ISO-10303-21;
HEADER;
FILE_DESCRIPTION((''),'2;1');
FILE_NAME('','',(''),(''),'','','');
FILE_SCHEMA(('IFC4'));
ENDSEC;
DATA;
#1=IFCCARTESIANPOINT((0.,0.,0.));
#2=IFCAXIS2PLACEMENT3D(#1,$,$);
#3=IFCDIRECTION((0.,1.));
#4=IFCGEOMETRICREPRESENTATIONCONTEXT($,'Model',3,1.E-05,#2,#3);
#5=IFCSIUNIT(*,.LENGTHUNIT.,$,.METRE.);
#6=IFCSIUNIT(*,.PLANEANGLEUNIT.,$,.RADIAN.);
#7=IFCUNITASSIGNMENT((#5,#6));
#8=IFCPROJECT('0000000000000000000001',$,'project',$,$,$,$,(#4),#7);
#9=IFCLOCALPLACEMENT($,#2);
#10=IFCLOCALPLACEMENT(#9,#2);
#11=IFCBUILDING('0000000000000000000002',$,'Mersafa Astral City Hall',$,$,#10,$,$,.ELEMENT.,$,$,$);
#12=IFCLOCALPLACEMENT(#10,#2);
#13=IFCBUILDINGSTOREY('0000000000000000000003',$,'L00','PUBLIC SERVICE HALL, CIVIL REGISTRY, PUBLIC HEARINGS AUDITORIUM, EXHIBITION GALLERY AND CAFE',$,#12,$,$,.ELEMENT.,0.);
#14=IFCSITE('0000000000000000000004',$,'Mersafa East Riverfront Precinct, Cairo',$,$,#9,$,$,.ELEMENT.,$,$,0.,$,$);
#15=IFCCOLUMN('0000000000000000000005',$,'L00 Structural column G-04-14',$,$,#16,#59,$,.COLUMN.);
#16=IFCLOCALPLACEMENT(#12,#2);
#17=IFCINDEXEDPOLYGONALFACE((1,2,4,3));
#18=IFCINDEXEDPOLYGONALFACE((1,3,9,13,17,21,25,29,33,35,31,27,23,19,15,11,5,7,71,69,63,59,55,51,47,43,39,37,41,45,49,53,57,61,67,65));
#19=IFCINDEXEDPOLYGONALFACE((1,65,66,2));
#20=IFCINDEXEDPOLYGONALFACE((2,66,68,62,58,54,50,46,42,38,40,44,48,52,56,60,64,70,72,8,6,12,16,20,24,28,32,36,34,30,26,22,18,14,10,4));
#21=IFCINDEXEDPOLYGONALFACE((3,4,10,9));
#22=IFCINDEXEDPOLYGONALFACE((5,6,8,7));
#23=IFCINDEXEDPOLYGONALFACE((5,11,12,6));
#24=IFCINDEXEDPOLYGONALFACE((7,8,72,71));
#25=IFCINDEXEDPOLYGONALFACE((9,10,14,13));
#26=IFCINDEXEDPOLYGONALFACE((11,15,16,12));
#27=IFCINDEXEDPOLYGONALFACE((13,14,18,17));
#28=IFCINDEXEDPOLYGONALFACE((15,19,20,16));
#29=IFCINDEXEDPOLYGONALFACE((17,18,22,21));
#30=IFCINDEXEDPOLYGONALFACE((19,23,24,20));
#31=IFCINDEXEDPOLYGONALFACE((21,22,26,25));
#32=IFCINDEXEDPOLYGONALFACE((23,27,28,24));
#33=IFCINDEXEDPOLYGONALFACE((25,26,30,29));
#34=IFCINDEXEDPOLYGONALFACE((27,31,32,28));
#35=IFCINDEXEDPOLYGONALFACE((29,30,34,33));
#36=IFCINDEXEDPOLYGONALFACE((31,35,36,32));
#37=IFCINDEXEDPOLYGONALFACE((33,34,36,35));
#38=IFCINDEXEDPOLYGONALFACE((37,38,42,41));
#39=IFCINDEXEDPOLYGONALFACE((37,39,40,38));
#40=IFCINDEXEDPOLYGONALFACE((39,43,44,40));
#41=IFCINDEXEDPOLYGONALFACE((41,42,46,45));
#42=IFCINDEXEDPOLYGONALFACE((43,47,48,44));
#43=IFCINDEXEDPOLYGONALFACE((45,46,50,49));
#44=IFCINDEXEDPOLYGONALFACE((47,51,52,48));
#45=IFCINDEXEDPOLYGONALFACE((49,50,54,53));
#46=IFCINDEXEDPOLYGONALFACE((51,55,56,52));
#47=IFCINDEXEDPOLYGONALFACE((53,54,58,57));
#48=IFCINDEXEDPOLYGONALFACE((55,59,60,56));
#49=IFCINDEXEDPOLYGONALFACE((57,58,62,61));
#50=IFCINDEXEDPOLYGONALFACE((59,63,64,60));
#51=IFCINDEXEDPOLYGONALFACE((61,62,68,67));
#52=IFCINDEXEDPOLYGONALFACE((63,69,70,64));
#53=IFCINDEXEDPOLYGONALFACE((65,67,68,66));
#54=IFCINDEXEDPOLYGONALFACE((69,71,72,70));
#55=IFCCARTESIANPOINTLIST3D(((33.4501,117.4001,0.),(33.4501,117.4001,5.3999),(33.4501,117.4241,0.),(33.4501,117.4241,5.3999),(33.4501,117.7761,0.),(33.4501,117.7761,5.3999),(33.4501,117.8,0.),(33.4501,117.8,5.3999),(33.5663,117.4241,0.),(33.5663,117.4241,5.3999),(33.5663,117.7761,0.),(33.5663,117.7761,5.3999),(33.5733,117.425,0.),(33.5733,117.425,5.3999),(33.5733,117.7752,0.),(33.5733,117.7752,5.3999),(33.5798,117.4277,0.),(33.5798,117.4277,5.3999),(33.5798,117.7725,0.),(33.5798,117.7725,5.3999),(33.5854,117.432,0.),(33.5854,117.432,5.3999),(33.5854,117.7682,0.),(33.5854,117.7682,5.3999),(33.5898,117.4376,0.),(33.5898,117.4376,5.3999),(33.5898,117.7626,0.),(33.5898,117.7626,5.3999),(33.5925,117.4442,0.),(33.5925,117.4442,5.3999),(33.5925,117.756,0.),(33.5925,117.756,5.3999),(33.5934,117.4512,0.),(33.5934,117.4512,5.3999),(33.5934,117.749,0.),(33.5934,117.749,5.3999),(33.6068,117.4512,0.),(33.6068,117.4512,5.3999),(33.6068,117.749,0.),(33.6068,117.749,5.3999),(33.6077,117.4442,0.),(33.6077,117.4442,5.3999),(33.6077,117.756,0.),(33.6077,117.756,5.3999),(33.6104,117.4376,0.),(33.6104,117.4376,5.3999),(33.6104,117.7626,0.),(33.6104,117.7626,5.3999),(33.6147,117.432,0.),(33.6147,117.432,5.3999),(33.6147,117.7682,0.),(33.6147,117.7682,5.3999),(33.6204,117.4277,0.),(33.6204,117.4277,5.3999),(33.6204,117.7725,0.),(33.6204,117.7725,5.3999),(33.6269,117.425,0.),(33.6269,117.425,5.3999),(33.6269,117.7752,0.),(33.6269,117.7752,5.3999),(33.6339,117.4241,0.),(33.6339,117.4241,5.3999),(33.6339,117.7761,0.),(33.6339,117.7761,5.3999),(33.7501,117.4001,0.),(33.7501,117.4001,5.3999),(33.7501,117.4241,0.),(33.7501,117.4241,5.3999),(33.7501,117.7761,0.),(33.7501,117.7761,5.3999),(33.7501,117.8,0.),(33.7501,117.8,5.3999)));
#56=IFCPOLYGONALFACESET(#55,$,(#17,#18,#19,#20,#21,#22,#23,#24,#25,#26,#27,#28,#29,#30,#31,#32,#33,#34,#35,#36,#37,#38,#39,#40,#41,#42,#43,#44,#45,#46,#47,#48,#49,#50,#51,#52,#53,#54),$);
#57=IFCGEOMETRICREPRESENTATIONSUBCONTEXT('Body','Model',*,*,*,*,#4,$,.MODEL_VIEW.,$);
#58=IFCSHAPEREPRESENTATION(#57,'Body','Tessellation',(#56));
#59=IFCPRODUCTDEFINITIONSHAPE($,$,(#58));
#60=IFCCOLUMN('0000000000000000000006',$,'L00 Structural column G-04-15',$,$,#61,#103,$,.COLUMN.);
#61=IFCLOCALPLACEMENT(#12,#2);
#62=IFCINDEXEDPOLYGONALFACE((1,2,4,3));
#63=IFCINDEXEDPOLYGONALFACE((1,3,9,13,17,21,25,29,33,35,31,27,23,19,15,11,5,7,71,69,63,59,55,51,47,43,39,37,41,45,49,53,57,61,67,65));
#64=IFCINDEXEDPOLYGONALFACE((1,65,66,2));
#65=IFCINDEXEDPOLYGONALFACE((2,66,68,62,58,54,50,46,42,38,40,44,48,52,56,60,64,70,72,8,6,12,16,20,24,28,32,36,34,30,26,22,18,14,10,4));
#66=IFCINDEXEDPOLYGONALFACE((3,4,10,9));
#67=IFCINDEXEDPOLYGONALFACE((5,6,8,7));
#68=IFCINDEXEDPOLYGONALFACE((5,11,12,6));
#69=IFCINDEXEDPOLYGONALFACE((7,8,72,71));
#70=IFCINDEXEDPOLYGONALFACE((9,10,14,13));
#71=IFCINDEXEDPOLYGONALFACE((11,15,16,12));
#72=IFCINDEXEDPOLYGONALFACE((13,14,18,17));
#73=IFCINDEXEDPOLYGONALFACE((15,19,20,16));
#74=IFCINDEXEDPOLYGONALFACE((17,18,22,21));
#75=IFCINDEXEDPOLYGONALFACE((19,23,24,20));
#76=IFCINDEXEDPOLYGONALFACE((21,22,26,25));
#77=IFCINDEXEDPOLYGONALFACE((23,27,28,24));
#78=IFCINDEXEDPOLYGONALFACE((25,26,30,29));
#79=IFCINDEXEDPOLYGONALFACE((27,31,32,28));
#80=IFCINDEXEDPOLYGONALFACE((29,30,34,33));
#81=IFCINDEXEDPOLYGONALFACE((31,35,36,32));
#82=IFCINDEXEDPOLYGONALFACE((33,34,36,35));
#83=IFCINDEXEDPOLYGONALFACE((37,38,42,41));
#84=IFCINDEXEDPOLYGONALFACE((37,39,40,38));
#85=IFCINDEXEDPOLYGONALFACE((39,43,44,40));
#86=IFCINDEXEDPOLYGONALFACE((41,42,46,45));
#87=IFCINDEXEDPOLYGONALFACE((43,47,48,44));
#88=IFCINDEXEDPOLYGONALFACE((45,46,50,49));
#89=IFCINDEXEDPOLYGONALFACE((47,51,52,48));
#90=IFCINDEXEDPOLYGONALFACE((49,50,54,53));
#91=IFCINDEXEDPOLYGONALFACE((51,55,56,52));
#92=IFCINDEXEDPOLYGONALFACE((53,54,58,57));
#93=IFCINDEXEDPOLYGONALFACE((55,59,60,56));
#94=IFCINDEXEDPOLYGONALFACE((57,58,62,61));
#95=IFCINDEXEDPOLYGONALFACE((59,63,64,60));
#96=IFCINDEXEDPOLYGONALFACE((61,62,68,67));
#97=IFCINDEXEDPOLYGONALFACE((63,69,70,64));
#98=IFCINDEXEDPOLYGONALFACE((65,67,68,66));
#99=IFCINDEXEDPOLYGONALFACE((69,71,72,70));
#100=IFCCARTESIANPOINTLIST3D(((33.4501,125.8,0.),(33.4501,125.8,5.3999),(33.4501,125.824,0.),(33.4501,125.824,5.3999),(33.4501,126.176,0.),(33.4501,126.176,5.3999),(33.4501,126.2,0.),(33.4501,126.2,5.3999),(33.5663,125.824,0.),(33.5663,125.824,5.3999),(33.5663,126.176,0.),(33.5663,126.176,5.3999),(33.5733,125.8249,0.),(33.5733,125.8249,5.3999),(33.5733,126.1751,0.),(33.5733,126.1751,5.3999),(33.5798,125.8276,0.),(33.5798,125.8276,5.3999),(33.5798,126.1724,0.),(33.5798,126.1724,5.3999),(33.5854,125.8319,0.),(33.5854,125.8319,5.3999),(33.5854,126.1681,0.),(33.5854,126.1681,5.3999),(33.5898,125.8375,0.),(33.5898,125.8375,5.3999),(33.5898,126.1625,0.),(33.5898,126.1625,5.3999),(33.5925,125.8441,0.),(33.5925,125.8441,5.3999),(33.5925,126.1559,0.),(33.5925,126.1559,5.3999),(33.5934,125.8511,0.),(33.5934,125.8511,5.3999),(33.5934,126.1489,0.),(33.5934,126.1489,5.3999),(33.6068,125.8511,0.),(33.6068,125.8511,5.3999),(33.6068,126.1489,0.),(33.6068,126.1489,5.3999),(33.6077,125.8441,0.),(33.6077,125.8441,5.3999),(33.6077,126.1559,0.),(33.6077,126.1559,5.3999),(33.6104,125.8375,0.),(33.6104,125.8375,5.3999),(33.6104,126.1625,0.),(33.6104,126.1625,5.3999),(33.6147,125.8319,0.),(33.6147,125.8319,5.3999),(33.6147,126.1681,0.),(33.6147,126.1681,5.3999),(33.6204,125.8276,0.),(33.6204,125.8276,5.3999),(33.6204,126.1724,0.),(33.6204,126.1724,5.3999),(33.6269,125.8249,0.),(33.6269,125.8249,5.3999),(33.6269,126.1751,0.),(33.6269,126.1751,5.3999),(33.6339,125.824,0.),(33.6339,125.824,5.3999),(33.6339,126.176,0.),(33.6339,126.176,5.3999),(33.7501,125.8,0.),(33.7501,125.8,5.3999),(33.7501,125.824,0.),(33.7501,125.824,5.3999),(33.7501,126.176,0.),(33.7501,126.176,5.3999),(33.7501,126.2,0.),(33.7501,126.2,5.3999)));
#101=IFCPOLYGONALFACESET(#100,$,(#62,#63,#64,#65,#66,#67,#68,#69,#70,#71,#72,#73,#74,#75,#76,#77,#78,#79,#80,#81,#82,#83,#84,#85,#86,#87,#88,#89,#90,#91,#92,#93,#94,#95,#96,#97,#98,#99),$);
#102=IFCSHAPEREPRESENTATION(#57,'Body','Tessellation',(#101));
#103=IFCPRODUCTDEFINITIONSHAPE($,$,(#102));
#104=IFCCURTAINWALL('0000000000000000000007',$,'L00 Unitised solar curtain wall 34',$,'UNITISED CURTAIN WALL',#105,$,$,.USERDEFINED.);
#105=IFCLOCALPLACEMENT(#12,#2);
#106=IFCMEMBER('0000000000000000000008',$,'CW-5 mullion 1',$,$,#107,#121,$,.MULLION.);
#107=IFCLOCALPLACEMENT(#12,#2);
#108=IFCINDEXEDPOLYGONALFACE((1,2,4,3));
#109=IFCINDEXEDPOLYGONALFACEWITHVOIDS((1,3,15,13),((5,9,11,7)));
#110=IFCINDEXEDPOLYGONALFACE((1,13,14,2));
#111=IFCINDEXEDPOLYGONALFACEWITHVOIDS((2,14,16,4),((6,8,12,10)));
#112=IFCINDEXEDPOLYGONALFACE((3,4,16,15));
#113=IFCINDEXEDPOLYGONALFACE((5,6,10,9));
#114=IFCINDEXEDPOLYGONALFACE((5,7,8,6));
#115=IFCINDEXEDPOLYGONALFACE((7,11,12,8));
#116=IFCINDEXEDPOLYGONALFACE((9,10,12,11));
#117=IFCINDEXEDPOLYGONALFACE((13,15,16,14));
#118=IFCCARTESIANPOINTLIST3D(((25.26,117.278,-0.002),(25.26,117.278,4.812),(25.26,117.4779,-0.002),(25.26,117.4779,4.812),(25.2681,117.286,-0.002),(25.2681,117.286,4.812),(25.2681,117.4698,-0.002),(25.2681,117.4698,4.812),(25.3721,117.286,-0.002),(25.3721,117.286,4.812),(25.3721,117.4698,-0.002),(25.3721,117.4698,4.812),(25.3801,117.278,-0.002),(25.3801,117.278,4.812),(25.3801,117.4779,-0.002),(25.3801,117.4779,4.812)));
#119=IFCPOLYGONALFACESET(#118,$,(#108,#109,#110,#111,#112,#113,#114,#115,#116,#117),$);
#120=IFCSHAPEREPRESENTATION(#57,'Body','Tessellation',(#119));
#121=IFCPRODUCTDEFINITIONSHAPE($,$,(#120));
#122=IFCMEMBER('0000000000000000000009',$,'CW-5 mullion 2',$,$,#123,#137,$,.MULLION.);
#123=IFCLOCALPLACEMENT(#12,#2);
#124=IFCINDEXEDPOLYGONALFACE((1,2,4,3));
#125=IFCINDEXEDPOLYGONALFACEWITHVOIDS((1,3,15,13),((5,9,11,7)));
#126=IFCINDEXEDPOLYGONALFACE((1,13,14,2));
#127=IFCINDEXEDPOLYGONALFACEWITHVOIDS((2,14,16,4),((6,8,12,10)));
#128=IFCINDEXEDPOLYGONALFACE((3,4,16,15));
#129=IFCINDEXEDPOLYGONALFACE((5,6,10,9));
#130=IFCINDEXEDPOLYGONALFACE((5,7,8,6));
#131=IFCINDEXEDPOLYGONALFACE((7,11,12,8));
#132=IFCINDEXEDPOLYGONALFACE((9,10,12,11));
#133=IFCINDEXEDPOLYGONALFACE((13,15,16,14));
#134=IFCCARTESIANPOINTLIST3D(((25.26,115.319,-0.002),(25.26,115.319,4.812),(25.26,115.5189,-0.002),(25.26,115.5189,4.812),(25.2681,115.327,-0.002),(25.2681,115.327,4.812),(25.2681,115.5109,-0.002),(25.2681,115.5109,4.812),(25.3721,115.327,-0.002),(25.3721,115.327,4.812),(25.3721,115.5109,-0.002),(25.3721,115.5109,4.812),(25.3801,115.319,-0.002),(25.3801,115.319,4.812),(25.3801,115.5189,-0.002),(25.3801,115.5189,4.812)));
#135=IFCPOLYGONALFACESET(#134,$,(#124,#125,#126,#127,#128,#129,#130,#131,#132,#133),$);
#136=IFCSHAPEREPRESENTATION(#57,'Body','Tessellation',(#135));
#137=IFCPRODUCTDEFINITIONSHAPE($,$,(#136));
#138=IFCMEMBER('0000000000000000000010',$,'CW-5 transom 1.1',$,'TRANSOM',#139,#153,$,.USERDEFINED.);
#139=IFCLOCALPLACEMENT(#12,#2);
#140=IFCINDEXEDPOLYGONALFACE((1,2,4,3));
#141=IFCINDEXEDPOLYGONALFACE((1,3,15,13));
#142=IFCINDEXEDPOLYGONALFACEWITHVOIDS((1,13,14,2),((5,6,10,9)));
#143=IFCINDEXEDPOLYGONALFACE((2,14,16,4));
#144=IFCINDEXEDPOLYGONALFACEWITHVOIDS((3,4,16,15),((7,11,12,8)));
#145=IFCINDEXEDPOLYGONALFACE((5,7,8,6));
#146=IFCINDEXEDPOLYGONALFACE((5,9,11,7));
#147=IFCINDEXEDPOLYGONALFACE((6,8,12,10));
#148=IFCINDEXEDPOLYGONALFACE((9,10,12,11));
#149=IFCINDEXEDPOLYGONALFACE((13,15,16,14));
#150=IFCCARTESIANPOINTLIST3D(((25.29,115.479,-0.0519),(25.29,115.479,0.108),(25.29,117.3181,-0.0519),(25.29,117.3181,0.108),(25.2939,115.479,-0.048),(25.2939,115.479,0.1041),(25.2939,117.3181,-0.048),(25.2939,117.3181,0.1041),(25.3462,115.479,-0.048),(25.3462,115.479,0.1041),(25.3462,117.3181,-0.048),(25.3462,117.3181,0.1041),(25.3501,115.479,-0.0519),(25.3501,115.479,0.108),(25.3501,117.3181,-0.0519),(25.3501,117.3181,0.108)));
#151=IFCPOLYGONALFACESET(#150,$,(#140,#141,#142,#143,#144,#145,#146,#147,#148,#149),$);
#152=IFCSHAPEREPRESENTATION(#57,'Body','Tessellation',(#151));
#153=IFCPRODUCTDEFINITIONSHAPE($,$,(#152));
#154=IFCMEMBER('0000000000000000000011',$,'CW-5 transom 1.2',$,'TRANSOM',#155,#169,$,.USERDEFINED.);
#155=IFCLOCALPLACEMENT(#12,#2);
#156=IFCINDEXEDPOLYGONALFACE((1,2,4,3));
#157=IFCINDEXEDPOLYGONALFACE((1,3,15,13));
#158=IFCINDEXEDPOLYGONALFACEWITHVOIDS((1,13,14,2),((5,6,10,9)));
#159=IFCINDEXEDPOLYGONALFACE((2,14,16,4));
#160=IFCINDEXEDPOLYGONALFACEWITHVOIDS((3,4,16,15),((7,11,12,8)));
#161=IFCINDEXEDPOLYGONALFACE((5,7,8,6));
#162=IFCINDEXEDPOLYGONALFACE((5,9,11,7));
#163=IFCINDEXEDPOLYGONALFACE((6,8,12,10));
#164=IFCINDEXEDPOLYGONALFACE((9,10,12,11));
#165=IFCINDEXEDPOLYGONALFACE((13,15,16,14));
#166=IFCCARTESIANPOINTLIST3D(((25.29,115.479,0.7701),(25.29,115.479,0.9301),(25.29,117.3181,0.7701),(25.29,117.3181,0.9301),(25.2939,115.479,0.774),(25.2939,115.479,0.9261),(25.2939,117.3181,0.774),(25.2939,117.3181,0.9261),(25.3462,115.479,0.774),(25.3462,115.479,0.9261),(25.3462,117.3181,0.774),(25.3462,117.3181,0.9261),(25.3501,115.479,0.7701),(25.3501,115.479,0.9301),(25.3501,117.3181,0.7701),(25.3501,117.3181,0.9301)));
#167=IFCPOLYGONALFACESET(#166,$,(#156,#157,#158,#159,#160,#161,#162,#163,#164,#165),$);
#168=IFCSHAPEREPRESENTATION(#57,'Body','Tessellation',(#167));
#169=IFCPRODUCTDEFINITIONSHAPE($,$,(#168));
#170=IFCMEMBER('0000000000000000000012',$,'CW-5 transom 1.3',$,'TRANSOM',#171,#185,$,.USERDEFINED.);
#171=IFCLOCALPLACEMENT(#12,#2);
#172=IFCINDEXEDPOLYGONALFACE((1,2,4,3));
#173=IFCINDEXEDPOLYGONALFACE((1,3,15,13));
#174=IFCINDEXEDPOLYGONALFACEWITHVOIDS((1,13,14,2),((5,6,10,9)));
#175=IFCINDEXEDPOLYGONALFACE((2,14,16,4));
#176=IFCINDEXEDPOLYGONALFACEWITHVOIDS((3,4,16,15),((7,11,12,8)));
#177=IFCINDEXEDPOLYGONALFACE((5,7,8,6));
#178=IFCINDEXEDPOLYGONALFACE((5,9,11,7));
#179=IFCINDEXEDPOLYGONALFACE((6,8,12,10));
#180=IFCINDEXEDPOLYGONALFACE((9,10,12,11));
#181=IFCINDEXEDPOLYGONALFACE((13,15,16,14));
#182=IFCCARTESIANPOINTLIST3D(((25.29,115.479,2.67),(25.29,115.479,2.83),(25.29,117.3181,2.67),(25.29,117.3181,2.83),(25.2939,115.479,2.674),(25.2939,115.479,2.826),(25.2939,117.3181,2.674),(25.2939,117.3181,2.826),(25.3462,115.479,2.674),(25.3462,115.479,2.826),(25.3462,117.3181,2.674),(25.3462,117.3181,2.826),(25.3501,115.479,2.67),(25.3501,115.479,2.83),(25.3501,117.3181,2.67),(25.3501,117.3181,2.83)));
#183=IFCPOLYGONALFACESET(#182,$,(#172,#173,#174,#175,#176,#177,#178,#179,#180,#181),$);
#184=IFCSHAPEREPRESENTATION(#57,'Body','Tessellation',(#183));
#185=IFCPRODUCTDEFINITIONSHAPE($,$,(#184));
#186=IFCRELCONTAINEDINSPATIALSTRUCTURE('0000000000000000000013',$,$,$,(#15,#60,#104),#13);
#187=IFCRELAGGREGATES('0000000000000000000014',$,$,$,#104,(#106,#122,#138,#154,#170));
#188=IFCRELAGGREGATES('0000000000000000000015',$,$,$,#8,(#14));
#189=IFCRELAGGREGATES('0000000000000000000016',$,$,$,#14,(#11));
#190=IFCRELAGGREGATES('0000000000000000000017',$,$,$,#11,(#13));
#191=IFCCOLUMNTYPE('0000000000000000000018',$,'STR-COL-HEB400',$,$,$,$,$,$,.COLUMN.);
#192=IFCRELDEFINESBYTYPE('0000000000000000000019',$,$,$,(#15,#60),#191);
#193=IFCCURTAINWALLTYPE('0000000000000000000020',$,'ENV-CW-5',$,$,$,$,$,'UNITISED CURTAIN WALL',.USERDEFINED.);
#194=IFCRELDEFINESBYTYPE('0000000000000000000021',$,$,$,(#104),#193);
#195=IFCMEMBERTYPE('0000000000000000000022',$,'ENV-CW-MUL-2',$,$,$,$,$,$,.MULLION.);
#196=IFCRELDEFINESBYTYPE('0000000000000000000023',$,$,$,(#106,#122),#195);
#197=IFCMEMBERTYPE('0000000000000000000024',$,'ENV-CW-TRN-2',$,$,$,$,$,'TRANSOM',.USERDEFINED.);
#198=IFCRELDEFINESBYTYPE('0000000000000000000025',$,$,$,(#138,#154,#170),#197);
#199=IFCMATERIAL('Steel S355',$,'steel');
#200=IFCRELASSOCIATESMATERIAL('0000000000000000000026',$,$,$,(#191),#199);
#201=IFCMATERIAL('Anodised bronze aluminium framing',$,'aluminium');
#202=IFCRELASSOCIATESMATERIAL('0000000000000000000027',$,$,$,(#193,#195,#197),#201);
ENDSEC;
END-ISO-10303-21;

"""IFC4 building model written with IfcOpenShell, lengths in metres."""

from ifc_helpers import new_model, si_unit, direction, frame, origin, origin_2d, place, context, subcontext, project, spatial, hollow_rectangle, i_section, extrude, material, material_profile, profile_set, type_object, element, aggregate, save


model = new_model("IFC4")

# Units and contexts
model_context = context("Model", 3, precision=1e-05, world=origin(), true_north=direction((0.0, 1.0)))
body_context = subcontext(model_context, "Body", "Model", "MODEL_VIEW")
ifc_project = project(units=[si_unit("LENGTHUNIT", "METRE"), si_unit("PLANEANGLEUNIT", "RADIAN")], contexts=[model_context])

# Site, building, storey
site_placement = place(None, origin())
site = spatial("IfcSite", under=ifc_project, at=site_placement, Name="Mersafa East Riverfront Precinct, Cairo", CompositionType="ELEMENT", RefElevation=0.0)
building_placement = place(site_placement, origin())
building = spatial("IfcBuilding", under=site, at=building_placement, Name="Mersafa Astral City Hall", CompositionType="ELEMENT")
storey_placement = place(building_placement, origin())
storey = spatial("IfcBuildingStorey", under=building, at=storey_placement, Name="L00", Description="PUBLIC SERVICE HALL, CIVIL REGISTRY, PUBLIC HEARINGS AUDITORIUM, EXHIBITION GALLERY AND CAFE", CompositionType="ELEMENT", Elevation=0.0)

# Columns
ifc_material_1 = material(Name="Steel S355", Category="steel")
ifc_material_profile_1 = material_profile(ifc_material_1, i_section(OverallWidth=0.3, OverallDepth=0.3999, WebThickness=0.0134, FlangeThickness=0.0239, FilletRadius=0.0271, at=origin_2d()), Name="HEB 400")
ifc_profile_set_1 = profile_set([ifc_material_profile_1], Name="Steel S355")
column_type = type_object("IfcColumnType", Name="STR-COL-HEB400", PredefinedType="COLUMN", material=ifc_profile_set_1)
for number, where, z_axis, x_axis, name in (
    (1, (33.6001, 117.6001, 0.0), (0.0, 0.0, 1.0), (1.0, 0.0, 0.0), "L00 Structural column G-04-14"),
    (2, (33.6001, 126.0, 0.0), (0.0, 0.0, 1.0), (1.0, 0.0, 0.0), "L00 Structural column G-04-15"),
):
    element("IfcColumn", number, at=place(storey_placement, frame(where, z_axis=z_axis, x_axis=x_axis)), inside=storey, type_object=column_type, Name=name, PredefinedType="COLUMN", context=body_context, shape_type="SweptSolid", body=[
        extrude(i_section(OverallWidth=0.3, OverallDepth=0.3999, WebThickness=0.0134, FlangeThickness=0.0239, FilletRadius=0.0271, at=origin_2d()), origin(), (0.0, 0.0, 1.0), 5.3999),
    ])

# Curtain wall, members
ifc_material_2 = material(Name="Anodised bronze aluminium framing", Category="aluminium")
curtain_wall_type = type_object("IfcCurtainWallType", Name="ENV-CW-5", ElementType="UNITISED CURTAIN WALL", PredefinedType="USERDEFINED", material=ifc_material_2)
curtain_wall_placement = place(storey_placement, origin())
curtain_wall = element("IfcCurtainWall", 3, at=curtain_wall_placement, inside=storey, type_object=curtain_wall_type, Name="L00 Unitised solar curtain wall 34", ObjectType="UNITISED CURTAIN WALL", PredefinedType="USERDEFINED")
ifc_material_profile_2 = material_profile(ifc_material_2, hollow_rectangle(XDim=0.1201, YDim=0.2, WallThickness=0.0081, at=origin_2d()), Name="RHS 120x200x8")
ifc_profile_set_2 = profile_set([ifc_material_profile_2], Name="Anodised bronze aluminium framing")
member_type_1 = type_object("IfcMemberType", Name="ENV-CW-MUL-2", PredefinedType="MULLION", material=ifc_profile_set_2)
member_1_placement = place(storey_placement, frame((25.3201, 117.3779, -0.002), z_axis=(0.0, 0.0, 1.0), x_axis=(1.0, 0.0, 0.0)))
member_1 = element("IfcMember", 4, at=member_1_placement, type_object=member_type_1, Name="CW-5 mullion 1", PredefinedType="MULLION", context=body_context, shape_type="SweptSolid", body=[
    extrude(hollow_rectangle(XDim=0.1201, YDim=0.2, WallThickness=0.0081, at=origin_2d()), origin(), (0.0, 0.0, 1.0), 4.814),
])
member_2_placement = place(storey_placement, frame((25.3201, 115.4189, -0.002), z_axis=(0.0, 0.0, 1.0), x_axis=(1.0, 0.0, 0.0)))
member_2 = element("IfcMember", 5, at=member_2_placement, type_object=member_type_1, Name="CW-5 mullion 2", PredefinedType="MULLION", context=body_context, shape_type="SweptSolid", body=[
    extrude(hollow_rectangle(XDim=0.1201, YDim=0.2, WallThickness=0.0081, at=origin_2d()), origin(), (0.0, 0.0, 1.0), 4.814),
])
ifc_material_profile_3 = material_profile(ifc_material_2, hollow_rectangle(XDim=0.0601, YDim=0.1599, WallThickness=0.0039, at=origin_2d()), Name="RHS 60x160x4")
ifc_profile_set_3 = profile_set([ifc_material_profile_3], Name="Anodised bronze aluminium framing")
member_type_2 = type_object("IfcMemberType", Name="ENV-CW-TRN-2", ElementType="TRANSOM", PredefinedType="USERDEFINED", material=ifc_profile_set_3)
member_3_placement = place(storey_placement, frame((25.3201, 117.3181, 0.0281), z_axis=(0.0, -1.0, 0.0), x_axis=(1.0, 0.0, 0.0)))
member_3 = element("IfcMember", 6, at=member_3_placement, type_object=member_type_2, Name="CW-5 transom 1.1", ObjectType="TRANSOM", PredefinedType="USERDEFINED", context=body_context, shape_type="SweptSolid", body=[
    extrude(hollow_rectangle(XDim=0.0601, YDim=0.1599, WallThickness=0.0039, at=origin_2d()), origin(), (0.0, 0.0, 1.0), 1.8391),
])
member_4_placement = place(storey_placement, frame((25.3201, 117.3181, 0.8501), z_axis=(0.0, -1.0, 0.0), x_axis=(1.0, 0.0, 0.0)))
member_4 = element("IfcMember", 7, at=member_4_placement, type_object=member_type_2, Name="CW-5 transom 1.2", ObjectType="TRANSOM", PredefinedType="USERDEFINED", context=body_context, shape_type="SweptSolid", body=[
    extrude(hollow_rectangle(XDim=0.0601, YDim=0.1599, WallThickness=0.0039, at=origin_2d()), origin(), (0.0, 0.0, 1.0), 1.8391),
])
member_5_placement = place(storey_placement, frame((25.3201, 117.3181, 2.75), z_axis=(0.0, -1.0, 0.0), x_axis=(1.0, 0.0, 0.0)))
member_5 = element("IfcMember", 8, at=member_5_placement, type_object=member_type_2, Name="CW-5 transom 1.3", ObjectType="TRANSOM", PredefinedType="USERDEFINED", context=body_context, shape_type="SweptSolid", body=[
    extrude(hollow_rectangle(XDim=0.0601, YDim=0.1599, WallThickness=0.0039, at=origin_2d()), origin(), (0.0, 0.0, 1.0), 1.8391),
])

aggregate(curtain_wall, [member_1, member_2, member_3, member_4, member_5])

save(model, "model.ifc")
